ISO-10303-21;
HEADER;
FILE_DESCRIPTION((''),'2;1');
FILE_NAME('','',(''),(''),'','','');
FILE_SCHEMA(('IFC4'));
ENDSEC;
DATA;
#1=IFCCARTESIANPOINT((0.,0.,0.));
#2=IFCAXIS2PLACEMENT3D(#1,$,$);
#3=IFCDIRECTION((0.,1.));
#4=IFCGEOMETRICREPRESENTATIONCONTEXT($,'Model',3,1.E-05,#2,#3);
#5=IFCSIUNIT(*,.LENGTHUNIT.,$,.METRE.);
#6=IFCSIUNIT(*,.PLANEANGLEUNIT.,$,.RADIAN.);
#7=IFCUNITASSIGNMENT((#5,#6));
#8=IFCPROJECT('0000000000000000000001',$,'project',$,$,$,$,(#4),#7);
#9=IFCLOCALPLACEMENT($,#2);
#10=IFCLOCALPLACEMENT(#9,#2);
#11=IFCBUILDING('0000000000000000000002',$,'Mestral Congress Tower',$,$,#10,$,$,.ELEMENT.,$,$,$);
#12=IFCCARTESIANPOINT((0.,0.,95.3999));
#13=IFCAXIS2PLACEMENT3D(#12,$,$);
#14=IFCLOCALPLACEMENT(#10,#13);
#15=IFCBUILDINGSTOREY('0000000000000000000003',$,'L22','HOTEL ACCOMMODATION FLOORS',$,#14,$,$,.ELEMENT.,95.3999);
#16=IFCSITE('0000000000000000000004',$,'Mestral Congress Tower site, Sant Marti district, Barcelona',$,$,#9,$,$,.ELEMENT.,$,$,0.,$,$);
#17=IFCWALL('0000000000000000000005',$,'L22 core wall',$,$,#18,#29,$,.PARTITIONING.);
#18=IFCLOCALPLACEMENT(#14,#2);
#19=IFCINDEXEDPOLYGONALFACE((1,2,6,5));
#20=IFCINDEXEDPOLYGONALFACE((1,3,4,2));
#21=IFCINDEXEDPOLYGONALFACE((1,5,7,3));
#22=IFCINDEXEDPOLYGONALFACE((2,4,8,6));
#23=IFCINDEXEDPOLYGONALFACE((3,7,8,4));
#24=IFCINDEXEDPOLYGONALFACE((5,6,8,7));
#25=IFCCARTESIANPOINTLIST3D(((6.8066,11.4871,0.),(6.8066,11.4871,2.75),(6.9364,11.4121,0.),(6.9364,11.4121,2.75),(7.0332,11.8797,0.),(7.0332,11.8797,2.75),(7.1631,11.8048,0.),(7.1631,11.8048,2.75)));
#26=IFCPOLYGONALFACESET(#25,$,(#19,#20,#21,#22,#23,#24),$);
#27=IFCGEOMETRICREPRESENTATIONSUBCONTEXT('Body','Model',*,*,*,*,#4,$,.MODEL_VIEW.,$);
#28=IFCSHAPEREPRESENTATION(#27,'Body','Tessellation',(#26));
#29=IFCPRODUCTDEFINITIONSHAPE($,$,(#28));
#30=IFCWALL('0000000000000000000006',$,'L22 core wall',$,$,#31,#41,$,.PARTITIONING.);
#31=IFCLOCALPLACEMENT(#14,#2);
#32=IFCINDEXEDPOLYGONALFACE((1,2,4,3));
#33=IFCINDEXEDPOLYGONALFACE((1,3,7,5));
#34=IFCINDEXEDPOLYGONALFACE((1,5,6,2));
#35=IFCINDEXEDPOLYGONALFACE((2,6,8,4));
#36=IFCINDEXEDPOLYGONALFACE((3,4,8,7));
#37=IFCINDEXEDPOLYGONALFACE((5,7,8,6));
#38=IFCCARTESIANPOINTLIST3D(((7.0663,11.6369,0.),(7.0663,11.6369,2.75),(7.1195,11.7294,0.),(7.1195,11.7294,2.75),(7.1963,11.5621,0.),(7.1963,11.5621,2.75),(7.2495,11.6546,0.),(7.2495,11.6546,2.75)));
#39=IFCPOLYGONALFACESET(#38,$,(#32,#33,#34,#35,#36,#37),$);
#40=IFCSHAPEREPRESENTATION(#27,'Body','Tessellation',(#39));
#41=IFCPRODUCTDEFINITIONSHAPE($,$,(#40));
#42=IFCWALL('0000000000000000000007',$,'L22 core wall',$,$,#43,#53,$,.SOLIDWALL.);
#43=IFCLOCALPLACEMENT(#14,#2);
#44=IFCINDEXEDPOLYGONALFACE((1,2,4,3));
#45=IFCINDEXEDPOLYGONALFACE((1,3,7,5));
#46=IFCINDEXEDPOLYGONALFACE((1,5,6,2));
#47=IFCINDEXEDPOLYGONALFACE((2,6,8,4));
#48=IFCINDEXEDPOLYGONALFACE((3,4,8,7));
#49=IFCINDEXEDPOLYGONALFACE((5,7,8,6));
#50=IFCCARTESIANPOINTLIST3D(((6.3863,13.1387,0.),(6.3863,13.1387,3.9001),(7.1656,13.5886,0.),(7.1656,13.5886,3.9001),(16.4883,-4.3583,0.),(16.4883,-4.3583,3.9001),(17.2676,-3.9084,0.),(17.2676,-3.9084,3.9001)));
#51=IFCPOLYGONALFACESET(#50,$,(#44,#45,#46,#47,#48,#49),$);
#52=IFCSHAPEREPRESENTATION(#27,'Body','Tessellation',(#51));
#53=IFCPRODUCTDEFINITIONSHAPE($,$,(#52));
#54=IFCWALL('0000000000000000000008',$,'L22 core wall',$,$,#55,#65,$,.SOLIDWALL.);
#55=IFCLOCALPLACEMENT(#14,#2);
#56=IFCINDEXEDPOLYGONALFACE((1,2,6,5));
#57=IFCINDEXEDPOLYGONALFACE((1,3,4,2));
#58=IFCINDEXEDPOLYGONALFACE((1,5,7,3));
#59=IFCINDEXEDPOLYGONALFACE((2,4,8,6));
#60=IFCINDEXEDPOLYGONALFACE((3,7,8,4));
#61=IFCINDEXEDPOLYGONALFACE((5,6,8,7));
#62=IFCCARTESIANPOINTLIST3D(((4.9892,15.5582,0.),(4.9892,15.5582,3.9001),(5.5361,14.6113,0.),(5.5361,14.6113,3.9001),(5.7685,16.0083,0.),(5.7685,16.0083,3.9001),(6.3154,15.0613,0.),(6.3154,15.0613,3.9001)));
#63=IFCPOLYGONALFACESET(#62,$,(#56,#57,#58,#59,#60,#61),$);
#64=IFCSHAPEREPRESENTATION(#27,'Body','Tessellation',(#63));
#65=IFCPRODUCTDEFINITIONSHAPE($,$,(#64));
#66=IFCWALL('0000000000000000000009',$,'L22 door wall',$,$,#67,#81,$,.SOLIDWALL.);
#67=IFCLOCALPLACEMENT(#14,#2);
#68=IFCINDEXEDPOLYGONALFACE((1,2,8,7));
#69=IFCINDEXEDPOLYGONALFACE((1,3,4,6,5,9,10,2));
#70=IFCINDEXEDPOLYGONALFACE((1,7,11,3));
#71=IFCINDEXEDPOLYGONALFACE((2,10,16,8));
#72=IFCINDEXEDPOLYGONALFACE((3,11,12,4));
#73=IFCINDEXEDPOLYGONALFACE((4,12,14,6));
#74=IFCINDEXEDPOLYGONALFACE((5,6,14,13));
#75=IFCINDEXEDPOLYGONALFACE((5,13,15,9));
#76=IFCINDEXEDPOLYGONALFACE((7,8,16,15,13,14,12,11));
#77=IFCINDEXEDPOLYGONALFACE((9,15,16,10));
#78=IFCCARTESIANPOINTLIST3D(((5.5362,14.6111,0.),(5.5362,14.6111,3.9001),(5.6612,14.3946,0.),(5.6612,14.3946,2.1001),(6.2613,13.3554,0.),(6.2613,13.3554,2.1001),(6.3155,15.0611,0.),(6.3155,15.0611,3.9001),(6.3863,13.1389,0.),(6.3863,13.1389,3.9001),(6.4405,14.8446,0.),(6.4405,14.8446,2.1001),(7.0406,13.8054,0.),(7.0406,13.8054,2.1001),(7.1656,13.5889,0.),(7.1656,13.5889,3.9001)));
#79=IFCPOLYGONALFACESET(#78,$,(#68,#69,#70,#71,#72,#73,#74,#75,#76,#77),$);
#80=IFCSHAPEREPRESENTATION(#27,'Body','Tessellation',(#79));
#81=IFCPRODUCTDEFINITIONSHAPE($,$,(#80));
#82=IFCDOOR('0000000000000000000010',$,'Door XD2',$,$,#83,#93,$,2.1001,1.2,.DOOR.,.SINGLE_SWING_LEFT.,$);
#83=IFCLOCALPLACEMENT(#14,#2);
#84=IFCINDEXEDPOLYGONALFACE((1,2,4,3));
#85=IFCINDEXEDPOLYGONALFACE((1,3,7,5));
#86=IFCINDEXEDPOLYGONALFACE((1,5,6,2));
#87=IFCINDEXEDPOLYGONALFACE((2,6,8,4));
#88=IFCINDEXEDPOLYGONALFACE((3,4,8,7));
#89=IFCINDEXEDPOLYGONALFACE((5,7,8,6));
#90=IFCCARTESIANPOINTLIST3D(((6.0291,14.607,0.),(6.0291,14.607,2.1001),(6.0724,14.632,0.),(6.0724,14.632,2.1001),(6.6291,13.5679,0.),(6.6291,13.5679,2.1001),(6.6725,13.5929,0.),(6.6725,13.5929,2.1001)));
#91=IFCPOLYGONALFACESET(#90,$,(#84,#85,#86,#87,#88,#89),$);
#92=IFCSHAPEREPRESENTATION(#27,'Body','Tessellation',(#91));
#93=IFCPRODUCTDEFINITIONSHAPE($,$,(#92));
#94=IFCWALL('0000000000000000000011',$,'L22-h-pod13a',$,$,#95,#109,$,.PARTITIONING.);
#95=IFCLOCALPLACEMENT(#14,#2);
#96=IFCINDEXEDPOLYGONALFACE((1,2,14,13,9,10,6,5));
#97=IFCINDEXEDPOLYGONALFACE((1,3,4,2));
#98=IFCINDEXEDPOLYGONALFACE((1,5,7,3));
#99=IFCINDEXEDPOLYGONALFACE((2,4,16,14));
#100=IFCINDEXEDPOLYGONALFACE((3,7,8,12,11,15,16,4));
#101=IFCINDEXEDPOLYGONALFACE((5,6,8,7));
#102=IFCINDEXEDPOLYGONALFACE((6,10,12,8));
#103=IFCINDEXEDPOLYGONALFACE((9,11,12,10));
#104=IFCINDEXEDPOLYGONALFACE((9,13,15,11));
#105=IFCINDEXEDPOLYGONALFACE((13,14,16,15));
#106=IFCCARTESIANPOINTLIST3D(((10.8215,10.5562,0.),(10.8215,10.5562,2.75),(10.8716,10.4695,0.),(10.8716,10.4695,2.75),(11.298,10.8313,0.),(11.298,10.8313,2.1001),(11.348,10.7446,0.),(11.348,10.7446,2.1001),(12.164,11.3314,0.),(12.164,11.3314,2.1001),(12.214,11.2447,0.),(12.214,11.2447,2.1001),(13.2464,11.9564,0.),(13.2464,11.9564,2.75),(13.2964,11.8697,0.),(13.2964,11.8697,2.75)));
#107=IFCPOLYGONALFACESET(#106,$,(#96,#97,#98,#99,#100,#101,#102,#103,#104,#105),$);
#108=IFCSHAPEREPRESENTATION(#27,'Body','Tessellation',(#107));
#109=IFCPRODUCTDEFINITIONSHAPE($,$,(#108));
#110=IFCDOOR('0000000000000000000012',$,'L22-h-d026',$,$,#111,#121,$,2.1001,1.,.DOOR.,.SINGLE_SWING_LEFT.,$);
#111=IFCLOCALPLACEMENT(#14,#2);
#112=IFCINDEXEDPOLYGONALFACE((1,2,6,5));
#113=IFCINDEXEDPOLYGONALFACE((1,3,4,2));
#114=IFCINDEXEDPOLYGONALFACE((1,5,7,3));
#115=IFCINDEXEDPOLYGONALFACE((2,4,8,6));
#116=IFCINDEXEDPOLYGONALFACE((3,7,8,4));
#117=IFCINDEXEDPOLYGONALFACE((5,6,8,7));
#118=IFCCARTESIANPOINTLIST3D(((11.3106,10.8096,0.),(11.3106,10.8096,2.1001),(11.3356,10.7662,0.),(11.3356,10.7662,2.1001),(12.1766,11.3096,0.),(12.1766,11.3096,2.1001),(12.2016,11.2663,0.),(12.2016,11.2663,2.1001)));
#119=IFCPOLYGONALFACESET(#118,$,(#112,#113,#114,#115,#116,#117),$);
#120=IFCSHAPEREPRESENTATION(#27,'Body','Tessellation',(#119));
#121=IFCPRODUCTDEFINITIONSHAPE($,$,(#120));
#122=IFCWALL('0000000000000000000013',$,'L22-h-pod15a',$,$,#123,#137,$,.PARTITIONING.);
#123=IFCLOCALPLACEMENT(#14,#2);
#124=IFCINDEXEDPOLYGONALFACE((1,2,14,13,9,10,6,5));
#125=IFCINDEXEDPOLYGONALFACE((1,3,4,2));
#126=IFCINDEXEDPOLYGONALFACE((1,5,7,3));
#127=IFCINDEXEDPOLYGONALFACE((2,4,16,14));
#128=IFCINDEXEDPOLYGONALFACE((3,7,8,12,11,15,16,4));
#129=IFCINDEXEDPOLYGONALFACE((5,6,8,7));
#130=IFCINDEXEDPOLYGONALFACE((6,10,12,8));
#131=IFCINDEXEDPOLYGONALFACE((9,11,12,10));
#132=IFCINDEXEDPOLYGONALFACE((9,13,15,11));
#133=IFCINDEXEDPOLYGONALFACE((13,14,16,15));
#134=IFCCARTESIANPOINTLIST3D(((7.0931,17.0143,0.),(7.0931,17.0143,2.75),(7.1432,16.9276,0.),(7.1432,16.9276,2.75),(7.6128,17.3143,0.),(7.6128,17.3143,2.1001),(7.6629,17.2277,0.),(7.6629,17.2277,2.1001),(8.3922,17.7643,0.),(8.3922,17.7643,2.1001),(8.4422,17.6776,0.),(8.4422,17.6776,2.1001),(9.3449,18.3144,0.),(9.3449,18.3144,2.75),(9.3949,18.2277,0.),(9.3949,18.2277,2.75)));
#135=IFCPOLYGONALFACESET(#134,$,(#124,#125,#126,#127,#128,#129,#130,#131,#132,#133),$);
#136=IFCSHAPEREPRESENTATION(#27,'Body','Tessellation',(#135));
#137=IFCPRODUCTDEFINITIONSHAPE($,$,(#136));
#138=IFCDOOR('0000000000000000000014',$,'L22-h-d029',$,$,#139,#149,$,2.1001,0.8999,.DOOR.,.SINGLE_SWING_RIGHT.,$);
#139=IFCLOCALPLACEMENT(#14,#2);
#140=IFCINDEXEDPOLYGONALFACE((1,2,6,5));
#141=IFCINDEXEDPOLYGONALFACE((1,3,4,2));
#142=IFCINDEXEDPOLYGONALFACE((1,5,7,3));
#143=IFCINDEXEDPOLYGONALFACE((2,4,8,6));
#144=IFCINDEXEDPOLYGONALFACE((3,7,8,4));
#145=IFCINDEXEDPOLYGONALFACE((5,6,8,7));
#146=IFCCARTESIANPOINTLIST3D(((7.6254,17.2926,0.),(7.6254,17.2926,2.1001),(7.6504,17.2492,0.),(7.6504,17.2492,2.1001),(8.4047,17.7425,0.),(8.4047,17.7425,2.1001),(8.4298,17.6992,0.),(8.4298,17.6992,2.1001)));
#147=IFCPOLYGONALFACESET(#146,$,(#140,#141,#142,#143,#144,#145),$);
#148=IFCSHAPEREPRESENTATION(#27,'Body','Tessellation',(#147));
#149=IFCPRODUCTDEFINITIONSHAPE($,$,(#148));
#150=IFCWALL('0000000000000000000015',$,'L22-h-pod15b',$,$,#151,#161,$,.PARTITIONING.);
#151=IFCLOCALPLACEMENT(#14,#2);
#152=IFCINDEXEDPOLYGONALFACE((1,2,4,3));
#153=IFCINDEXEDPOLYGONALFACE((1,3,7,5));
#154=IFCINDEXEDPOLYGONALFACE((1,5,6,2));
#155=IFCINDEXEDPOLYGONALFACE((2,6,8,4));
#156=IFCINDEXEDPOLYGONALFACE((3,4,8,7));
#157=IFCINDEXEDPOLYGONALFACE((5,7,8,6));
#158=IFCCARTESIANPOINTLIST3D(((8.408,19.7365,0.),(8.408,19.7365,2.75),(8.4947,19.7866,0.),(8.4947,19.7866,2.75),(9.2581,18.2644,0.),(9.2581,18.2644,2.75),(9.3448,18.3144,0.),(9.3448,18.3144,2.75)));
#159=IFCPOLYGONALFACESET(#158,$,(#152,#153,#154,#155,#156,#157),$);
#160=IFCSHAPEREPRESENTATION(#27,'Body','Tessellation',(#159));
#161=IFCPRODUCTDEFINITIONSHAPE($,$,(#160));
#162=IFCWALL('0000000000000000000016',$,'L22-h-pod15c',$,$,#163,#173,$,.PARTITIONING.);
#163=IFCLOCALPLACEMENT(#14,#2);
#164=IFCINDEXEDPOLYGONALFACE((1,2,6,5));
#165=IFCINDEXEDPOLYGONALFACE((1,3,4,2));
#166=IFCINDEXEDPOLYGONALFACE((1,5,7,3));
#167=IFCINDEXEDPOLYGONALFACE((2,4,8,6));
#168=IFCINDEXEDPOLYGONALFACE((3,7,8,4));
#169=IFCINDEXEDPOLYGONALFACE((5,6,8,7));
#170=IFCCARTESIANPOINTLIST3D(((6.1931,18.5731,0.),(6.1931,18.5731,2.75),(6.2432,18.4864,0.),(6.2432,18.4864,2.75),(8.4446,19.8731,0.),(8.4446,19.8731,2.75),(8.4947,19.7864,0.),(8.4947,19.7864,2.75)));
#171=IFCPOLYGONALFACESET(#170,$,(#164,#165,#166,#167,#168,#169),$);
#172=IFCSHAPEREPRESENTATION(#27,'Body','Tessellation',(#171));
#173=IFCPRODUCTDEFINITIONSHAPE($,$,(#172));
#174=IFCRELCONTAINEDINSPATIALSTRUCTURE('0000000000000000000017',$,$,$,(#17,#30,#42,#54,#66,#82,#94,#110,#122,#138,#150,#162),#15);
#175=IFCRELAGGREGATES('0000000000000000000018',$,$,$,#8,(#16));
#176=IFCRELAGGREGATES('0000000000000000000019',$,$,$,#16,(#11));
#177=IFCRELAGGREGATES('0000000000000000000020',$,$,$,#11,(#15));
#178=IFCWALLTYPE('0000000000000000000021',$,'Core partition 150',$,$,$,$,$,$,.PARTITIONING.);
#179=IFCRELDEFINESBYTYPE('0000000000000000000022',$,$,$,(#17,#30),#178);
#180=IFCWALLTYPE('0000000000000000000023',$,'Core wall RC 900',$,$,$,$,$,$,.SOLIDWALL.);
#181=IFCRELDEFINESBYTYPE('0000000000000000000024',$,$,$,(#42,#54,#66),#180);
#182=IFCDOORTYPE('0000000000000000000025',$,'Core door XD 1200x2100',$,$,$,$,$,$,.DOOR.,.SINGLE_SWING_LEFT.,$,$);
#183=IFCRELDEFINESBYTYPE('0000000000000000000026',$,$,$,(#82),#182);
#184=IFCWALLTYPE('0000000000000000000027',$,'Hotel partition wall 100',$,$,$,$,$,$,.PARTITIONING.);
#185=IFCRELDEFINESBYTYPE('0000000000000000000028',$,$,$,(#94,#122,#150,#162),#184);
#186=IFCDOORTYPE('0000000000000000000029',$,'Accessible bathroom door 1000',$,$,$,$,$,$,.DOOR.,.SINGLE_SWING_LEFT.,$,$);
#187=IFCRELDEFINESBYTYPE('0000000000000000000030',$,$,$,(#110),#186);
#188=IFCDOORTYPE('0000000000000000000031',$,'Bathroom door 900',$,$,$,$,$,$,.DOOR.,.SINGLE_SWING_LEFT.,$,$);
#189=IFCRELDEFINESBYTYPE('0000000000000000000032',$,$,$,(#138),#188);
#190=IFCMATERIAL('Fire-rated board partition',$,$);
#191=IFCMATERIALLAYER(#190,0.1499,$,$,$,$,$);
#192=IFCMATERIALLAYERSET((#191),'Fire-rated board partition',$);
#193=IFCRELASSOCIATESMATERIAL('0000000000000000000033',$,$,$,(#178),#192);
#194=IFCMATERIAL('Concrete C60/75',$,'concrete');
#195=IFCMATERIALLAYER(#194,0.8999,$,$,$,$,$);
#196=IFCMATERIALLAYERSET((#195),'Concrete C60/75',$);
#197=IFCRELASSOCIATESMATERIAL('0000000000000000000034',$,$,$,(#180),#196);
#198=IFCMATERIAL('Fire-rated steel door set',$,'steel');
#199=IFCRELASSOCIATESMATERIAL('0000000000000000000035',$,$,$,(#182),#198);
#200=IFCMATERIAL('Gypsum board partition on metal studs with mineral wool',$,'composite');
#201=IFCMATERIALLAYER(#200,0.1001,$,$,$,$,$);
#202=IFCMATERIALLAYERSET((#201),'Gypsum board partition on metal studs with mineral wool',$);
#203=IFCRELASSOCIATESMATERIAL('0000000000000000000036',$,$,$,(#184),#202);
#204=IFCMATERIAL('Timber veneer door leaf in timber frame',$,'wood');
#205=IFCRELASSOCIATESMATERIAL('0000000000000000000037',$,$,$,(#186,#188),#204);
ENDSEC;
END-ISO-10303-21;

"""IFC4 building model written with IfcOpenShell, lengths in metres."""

from ifc_helpers import new_model, si_unit, direction, frame, frame_2d, origin, place, context, subcontext, project, spatial, rectangle, extrude, material, layer, layer_set, type_object, element, fill, save


model = new_model("IFC4")

# Units and contexts
model_context = context("Model", 3, precision=1e-05, world=origin(), true_north=direction((0.0, 1.0)))
body_context = subcontext(model_context, "Body", "Model", "MODEL_VIEW")
ifc_project = project(units=[si_unit("LENGTHUNIT", "METRE"), si_unit("PLANEANGLEUNIT", "RADIAN")], contexts=[model_context])

# Site, building, storey
site_placement = place(None, origin())
site = spatial("IfcSite", under=ifc_project, at=site_placement, Name="Mestral Congress Tower site, Sant Marti district, Barcelona", CompositionType="ELEMENT", RefElevation=0.0)
building_placement = place(site_placement, origin())
building = spatial("IfcBuilding", under=site, at=building_placement, Name="Mestral Congress Tower", CompositionType="ELEMENT")
storey_placement = place(building_placement, frame((0.0, 0.0, 95.3999)))
storey = spatial("IfcBuildingStorey", under=building, at=storey_placement, Name="L22", Description="HOTEL ACCOMMODATION FLOORS", CompositionType="ELEMENT", Elevation=95.3999)

# Walls
ifc_material_1 = material(Name="Fire-rated board partition")
ifc_layer_1 = layer(ifc_material_1, 0.1499)
ifc_layer_set_1 = layer_set([ifc_layer_1], Name="Fire-rated board partition")
wall_type_1 = type_object("IfcWallType", Name="Core partition 150", PredefinedType="PARTITIONING", material=ifc_layer_set_1)
wall_1_placement = place(storey_placement, frame((6.8716, 11.4497, 0.0), z_axis=(0.0, 0.0, 1.0), x_axis=(0.499847, 0.866114, 0.0)))
element("IfcWall", 1, at=wall_1_placement, inside=storey, type_object=wall_type_1, Name="L22 core wall", PredefinedType="PARTITIONING", context=body_context, shape_type="SweptSolid", body=[
    extrude(rectangle(XDim=0.4534, YDim=0.1499, at=frame_2d((0.2266, 0.0))), origin(), (0.0, 0.0, 1.0), 2.75),
])
wall_2_placement = place(storey_placement, frame((7.1313, 11.5996, 0.0), z_axis=(0.0, 0.0, 1.0), x_axis=(0.4986, 0.866832, 0.0)))
element("IfcWall", 2, at=wall_2_placement, inside=storey, type_object=wall_type_1, Name="L22 core wall", PredefinedType="PARTITIONING", context=body_context, shape_type="SweptSolid", body=[
    extrude(rectangle(XDim=0.1067, YDim=0.1499, at=frame_2d((0.0532, 0.0))), origin(), (0.0, 0.0, 1.0), 2.75),
])
ifc_material_2 = material(Name="Concrete C60/75", Category="concrete")
ifc_layer_2 = layer(ifc_material_2, 0.8999)
ifc_layer_set_2 = layer_set([ifc_layer_2], Name="Concrete C60/75")
wall_type_2 = type_object("IfcWallType", Name="Core wall RC 900", PredefinedType="SOLIDWALL", material=ifc_layer_set_2)
wall_3_placement = place(storey_placement, frame((6.7759, 13.3638, 0.0), z_axis=(0.0, 0.0, 1.0), x_axis=(0.500004, -0.866023, 0.0)))
element("IfcWall", 3, at=wall_3_placement, inside=storey, type_object=wall_type_2, Name="L22 core wall", PredefinedType="SOLIDWALL", context=body_context, shape_type="SweptSolid", body=[
    extrude(rectangle(XDim=20.2039, YDim=0.8999, at=frame_2d((10.1021, 0.0))), origin(), (0.0, 0.0, 1.0), 3.9001),
])
wall_4_placement = place(storey_placement, frame((5.9258, 14.8362, 0.0), z_axis=(0.0, 0.0, 1.0), x_axis=(-0.500077, 0.865981, 0.0)))
element("IfcWall", 4, at=wall_4_placement, inside=storey, type_object=wall_type_2, Name="L22 core wall", PredefinedType="SOLIDWALL", context=body_context, shape_type="SweptSolid", body=[
    extrude(rectangle(XDim=1.0935, YDim=0.8999, at=frame_2d((0.5469, 0.0))), origin(), (0.0, 0.0, 1.0), 3.9001),
])

# Walls, openings, doors
wall_5_placement = place(storey_placement, frame((5.9258, 14.8362, 0.0), z_axis=(0.0, 0.0, 1.0), x_axis=(0.500062, -0.865989, 0.0)))
wall_5 = element("IfcWall", 5, at=wall_5_placement, inside=storey, type_object=wall_type_2, Name="L22 door wall", PredefinedType="SOLIDWALL", context=body_context, shape_type="SweptSolid", body=[
    extrude(rectangle(XDim=1.7, YDim=0.8999, at=frame_2d((0.8501, 0.0))), origin(), (0.0, 0.0, 1.0), 3.9001),
])
opening_1_placement = place(wall_5_placement, frame((0.25, 0.0, 0.0)))
opening_1 = element("IfcOpeningElement", 6, at=opening_1_placement, cuts=wall_5, PredefinedType="OPENING", context=body_context, shape_type="SweptSolid", body=[
    extrude(rectangle(XDim=1.2, YDim=2.1001, at=frame_2d((0.6001, 1.05))), frame((0.0, 0.46, 0.0), z_axis=(0.0, -1.0, 0.0), x_axis=(1.0, 0.0, 0.0)), (0.0, 0.0, 1.0), 0.9199),
])
ifc_material_3 = material(Name="Fire-rated steel door set", Category="steel")
door_type_1 = type_object("IfcDoorType", Name="Core door XD 1200x2100", OperationType="SINGLE_SWING_LEFT", PredefinedType="DOOR", material=ifc_material_3)
door_1_placement = place(opening_1_placement, origin())
door_1 = element("IfcDoor", 7, at=door_1_placement, inside=storey, type_object=door_type_1, Name="Door XD2", OperationType="SINGLE_SWING_LEFT", OverallHeight=2.1001, OverallWidth=1.2, PredefinedType="DOOR", context=body_context, shape_type="SweptSolid", body=[
    extrude(rectangle(XDim=1.2, YDim=2.1001, at=frame_2d((0.6001, 1.05))), frame((0.0, 0.0249, 0.0), z_axis=(0.0, -1.0, 0.0), x_axis=(1.0, 0.0, 0.0)), (0.0, 0.0, 1.0), 0.05),
])
fill(opening_1, door_1)
ifc_material_4 = material(Name="Gypsum board partition on metal studs with mineral wool", Category="composite")
ifc_layer_3 = layer(ifc_material_4, 0.1001)
ifc_layer_set_3 = layer_set([ifc_layer_3], Name="Gypsum board partition on metal studs with mineral wool")
wall_type_3 = type_object("IfcWallType", Name="Hotel partition wall 100", PredefinedType="PARTITIONING", material=ifc_layer_set_3)
wall_6_placement = place(storey_placement, frame((10.8467, 10.5129, 0.0), z_axis=(0.0, 0.0, 1.0), x_axis=(0.865997, 0.50005, 0.0)))
wall_6 = element("IfcWall", 8, at=wall_6_placement, inside=storey, type_object=wall_type_3, Name="L22-h-pod13a", PredefinedType="PARTITIONING", context=body_context, shape_type="SweptSolid", body=[
    extrude(rectangle(XDim=2.8, YDim=0.1001, at=frame_2d((1.3999, 0.0))), origin(), (0.0, 0.0, 1.0), 2.75),
])
opening_2_placement = place(wall_6_placement, frame((0.55, 0.0, 0.0)))
opening_2 = element("IfcOpeningElement", 9, at=opening_2_placement, cuts=wall_6, PredefinedType="OPENING", context=body_context, shape_type="SweptSolid", body=[
    extrude(rectangle(XDim=1.0, YDim=2.1001, at=frame_2d((0.5, 1.05))), frame((0.0, 0.0601, 0.0), z_axis=(0.0, -1.0, 0.0), x_axis=(1.0, 0.0, 0.0)), (0.0, 0.0, 1.0), 0.1201),
])
ifc_material_5 = material(Name="Timber veneer door leaf in timber frame", Category="wood")
door_type_2 = type_object("IfcDoorType", Name="Accessible bathroom door 1000", OperationType="SINGLE_SWING_LEFT", PredefinedType="DOOR", material=ifc_material_5)
door_2_placement = place(opening_2_placement, origin())
door_2 = element("IfcDoor", 10, at=door_2_placement, inside=storey, type_object=door_type_2, Name="L22-h-d026", OperationType="SINGLE_SWING_LEFT", OverallHeight=2.1001, OverallWidth=1.0, PredefinedType="DOOR", context=body_context, shape_type="SweptSolid", body=[
    extrude(rectangle(XDim=1.0, YDim=2.1001, at=frame_2d((0.5, 1.05))), frame((0.0, 0.0249, 0.0), z_axis=(0.0, -1.0, 0.0), x_axis=(1.0, 0.0, 0.0)), (0.0, 0.0, 1.0), 0.05),
])
fill(opening_2, door_2)
wall_7_placement = place(storey_placement, frame((7.1182, 16.9709, 0.0), z_axis=(0.0, 0.0, 1.0), x_axis=(0.866021, 0.500007, 0.0)))
wall_7 = element("IfcWall", 11, at=wall_7_placement, inside=storey, type_object=wall_type_3, Name="L22-h-pod15a", PredefinedType="PARTITIONING", context=body_context, shape_type="SweptSolid", body=[
    extrude(rectangle(XDim=2.6001, YDim=0.1001, at=frame_2d((1.3, 0.0))), origin(), (0.0, 0.0, 1.0), 2.75),
])
opening_3_placement = place(wall_7_placement, frame((0.6001, 0.0, 0.0)))
opening_3 = element("IfcOpeningElement", 12, at=opening_3_placement, cuts=wall_7, PredefinedType="OPENING", context=body_context, shape_type="SweptSolid", body=[
    extrude(rectangle(XDim=0.8999, YDim=2.1001, at=frame_2d((0.45, 1.05))), frame((0.0, 0.0601, 0.0), z_axis=(0.0, -1.0, 0.0), x_axis=(1.0, 0.0, 0.0)), (0.0, 0.0, 1.0), 0.1201),
])
door_type_3 = type_object("IfcDoorType", Name="Bathroom door 900", OperationType="SINGLE_SWING_LEFT", PredefinedType="DOOR", material=ifc_material_5)
door_3_placement = place(opening_3_placement, origin())
door_3 = element("IfcDoor", 13, at=door_3_placement, inside=storey, type_object=door_type_3, Name="L22-h-d029", OperationType="SINGLE_SWING_RIGHT", OverallHeight=2.1001, OverallWidth=0.8999, PredefinedType="DOOR", context=body_context, shape_type="SweptSolid", body=[
    extrude(rectangle(XDim=0.8999, YDim=2.1001, at=frame_2d((0.45, 1.05))), frame((0.0, 0.0249, 0.0), z_axis=(0.0, -1.0, 0.0), x_axis=(1.0, 0.0, 0.0)), (0.0, 0.0, 1.0), 0.05),
])
fill(opening_3, door_3)

# Walls
wall_8_placement = place(storey_placement, frame((9.3015, 18.2893, 0.0), z_axis=(0.0, 0.0, 1.0), x_axis=(-0.500062, 0.865989, 0.0)))
element("IfcWall", 14, at=wall_8_placement, inside=storey, type_object=wall_type_3, Name="L22-h-pod15b", PredefinedType="PARTITIONING", context=body_context, shape_type="SweptSolid", body=[
    extrude(rectangle(XDim=1.7, YDim=0.1001, at=frame_2d((0.8501, 0.0))), origin(), (0.0, 0.0, 1.0), 2.75),
])
wall_9_placement = place(storey_placement, frame((6.2183, 18.5298, 0.0), z_axis=(0.0, 0.0, 1.0), x_axis=(0.865998, 0.500048, 0.0)))
element("IfcWall", 15, at=wall_9_placement, inside=storey, type_object=wall_type_3, Name="L22-h-pod15c", PredefinedType="PARTITIONING", context=body_context, shape_type="SweptSolid", body=[
    extrude(rectangle(XDim=2.5999, YDim=0.1001, at=frame_2d((1.2998, 0.0))), origin(), (0.0, 0.0, 1.0), 2.75),
])

save(model, "model.ifc")
